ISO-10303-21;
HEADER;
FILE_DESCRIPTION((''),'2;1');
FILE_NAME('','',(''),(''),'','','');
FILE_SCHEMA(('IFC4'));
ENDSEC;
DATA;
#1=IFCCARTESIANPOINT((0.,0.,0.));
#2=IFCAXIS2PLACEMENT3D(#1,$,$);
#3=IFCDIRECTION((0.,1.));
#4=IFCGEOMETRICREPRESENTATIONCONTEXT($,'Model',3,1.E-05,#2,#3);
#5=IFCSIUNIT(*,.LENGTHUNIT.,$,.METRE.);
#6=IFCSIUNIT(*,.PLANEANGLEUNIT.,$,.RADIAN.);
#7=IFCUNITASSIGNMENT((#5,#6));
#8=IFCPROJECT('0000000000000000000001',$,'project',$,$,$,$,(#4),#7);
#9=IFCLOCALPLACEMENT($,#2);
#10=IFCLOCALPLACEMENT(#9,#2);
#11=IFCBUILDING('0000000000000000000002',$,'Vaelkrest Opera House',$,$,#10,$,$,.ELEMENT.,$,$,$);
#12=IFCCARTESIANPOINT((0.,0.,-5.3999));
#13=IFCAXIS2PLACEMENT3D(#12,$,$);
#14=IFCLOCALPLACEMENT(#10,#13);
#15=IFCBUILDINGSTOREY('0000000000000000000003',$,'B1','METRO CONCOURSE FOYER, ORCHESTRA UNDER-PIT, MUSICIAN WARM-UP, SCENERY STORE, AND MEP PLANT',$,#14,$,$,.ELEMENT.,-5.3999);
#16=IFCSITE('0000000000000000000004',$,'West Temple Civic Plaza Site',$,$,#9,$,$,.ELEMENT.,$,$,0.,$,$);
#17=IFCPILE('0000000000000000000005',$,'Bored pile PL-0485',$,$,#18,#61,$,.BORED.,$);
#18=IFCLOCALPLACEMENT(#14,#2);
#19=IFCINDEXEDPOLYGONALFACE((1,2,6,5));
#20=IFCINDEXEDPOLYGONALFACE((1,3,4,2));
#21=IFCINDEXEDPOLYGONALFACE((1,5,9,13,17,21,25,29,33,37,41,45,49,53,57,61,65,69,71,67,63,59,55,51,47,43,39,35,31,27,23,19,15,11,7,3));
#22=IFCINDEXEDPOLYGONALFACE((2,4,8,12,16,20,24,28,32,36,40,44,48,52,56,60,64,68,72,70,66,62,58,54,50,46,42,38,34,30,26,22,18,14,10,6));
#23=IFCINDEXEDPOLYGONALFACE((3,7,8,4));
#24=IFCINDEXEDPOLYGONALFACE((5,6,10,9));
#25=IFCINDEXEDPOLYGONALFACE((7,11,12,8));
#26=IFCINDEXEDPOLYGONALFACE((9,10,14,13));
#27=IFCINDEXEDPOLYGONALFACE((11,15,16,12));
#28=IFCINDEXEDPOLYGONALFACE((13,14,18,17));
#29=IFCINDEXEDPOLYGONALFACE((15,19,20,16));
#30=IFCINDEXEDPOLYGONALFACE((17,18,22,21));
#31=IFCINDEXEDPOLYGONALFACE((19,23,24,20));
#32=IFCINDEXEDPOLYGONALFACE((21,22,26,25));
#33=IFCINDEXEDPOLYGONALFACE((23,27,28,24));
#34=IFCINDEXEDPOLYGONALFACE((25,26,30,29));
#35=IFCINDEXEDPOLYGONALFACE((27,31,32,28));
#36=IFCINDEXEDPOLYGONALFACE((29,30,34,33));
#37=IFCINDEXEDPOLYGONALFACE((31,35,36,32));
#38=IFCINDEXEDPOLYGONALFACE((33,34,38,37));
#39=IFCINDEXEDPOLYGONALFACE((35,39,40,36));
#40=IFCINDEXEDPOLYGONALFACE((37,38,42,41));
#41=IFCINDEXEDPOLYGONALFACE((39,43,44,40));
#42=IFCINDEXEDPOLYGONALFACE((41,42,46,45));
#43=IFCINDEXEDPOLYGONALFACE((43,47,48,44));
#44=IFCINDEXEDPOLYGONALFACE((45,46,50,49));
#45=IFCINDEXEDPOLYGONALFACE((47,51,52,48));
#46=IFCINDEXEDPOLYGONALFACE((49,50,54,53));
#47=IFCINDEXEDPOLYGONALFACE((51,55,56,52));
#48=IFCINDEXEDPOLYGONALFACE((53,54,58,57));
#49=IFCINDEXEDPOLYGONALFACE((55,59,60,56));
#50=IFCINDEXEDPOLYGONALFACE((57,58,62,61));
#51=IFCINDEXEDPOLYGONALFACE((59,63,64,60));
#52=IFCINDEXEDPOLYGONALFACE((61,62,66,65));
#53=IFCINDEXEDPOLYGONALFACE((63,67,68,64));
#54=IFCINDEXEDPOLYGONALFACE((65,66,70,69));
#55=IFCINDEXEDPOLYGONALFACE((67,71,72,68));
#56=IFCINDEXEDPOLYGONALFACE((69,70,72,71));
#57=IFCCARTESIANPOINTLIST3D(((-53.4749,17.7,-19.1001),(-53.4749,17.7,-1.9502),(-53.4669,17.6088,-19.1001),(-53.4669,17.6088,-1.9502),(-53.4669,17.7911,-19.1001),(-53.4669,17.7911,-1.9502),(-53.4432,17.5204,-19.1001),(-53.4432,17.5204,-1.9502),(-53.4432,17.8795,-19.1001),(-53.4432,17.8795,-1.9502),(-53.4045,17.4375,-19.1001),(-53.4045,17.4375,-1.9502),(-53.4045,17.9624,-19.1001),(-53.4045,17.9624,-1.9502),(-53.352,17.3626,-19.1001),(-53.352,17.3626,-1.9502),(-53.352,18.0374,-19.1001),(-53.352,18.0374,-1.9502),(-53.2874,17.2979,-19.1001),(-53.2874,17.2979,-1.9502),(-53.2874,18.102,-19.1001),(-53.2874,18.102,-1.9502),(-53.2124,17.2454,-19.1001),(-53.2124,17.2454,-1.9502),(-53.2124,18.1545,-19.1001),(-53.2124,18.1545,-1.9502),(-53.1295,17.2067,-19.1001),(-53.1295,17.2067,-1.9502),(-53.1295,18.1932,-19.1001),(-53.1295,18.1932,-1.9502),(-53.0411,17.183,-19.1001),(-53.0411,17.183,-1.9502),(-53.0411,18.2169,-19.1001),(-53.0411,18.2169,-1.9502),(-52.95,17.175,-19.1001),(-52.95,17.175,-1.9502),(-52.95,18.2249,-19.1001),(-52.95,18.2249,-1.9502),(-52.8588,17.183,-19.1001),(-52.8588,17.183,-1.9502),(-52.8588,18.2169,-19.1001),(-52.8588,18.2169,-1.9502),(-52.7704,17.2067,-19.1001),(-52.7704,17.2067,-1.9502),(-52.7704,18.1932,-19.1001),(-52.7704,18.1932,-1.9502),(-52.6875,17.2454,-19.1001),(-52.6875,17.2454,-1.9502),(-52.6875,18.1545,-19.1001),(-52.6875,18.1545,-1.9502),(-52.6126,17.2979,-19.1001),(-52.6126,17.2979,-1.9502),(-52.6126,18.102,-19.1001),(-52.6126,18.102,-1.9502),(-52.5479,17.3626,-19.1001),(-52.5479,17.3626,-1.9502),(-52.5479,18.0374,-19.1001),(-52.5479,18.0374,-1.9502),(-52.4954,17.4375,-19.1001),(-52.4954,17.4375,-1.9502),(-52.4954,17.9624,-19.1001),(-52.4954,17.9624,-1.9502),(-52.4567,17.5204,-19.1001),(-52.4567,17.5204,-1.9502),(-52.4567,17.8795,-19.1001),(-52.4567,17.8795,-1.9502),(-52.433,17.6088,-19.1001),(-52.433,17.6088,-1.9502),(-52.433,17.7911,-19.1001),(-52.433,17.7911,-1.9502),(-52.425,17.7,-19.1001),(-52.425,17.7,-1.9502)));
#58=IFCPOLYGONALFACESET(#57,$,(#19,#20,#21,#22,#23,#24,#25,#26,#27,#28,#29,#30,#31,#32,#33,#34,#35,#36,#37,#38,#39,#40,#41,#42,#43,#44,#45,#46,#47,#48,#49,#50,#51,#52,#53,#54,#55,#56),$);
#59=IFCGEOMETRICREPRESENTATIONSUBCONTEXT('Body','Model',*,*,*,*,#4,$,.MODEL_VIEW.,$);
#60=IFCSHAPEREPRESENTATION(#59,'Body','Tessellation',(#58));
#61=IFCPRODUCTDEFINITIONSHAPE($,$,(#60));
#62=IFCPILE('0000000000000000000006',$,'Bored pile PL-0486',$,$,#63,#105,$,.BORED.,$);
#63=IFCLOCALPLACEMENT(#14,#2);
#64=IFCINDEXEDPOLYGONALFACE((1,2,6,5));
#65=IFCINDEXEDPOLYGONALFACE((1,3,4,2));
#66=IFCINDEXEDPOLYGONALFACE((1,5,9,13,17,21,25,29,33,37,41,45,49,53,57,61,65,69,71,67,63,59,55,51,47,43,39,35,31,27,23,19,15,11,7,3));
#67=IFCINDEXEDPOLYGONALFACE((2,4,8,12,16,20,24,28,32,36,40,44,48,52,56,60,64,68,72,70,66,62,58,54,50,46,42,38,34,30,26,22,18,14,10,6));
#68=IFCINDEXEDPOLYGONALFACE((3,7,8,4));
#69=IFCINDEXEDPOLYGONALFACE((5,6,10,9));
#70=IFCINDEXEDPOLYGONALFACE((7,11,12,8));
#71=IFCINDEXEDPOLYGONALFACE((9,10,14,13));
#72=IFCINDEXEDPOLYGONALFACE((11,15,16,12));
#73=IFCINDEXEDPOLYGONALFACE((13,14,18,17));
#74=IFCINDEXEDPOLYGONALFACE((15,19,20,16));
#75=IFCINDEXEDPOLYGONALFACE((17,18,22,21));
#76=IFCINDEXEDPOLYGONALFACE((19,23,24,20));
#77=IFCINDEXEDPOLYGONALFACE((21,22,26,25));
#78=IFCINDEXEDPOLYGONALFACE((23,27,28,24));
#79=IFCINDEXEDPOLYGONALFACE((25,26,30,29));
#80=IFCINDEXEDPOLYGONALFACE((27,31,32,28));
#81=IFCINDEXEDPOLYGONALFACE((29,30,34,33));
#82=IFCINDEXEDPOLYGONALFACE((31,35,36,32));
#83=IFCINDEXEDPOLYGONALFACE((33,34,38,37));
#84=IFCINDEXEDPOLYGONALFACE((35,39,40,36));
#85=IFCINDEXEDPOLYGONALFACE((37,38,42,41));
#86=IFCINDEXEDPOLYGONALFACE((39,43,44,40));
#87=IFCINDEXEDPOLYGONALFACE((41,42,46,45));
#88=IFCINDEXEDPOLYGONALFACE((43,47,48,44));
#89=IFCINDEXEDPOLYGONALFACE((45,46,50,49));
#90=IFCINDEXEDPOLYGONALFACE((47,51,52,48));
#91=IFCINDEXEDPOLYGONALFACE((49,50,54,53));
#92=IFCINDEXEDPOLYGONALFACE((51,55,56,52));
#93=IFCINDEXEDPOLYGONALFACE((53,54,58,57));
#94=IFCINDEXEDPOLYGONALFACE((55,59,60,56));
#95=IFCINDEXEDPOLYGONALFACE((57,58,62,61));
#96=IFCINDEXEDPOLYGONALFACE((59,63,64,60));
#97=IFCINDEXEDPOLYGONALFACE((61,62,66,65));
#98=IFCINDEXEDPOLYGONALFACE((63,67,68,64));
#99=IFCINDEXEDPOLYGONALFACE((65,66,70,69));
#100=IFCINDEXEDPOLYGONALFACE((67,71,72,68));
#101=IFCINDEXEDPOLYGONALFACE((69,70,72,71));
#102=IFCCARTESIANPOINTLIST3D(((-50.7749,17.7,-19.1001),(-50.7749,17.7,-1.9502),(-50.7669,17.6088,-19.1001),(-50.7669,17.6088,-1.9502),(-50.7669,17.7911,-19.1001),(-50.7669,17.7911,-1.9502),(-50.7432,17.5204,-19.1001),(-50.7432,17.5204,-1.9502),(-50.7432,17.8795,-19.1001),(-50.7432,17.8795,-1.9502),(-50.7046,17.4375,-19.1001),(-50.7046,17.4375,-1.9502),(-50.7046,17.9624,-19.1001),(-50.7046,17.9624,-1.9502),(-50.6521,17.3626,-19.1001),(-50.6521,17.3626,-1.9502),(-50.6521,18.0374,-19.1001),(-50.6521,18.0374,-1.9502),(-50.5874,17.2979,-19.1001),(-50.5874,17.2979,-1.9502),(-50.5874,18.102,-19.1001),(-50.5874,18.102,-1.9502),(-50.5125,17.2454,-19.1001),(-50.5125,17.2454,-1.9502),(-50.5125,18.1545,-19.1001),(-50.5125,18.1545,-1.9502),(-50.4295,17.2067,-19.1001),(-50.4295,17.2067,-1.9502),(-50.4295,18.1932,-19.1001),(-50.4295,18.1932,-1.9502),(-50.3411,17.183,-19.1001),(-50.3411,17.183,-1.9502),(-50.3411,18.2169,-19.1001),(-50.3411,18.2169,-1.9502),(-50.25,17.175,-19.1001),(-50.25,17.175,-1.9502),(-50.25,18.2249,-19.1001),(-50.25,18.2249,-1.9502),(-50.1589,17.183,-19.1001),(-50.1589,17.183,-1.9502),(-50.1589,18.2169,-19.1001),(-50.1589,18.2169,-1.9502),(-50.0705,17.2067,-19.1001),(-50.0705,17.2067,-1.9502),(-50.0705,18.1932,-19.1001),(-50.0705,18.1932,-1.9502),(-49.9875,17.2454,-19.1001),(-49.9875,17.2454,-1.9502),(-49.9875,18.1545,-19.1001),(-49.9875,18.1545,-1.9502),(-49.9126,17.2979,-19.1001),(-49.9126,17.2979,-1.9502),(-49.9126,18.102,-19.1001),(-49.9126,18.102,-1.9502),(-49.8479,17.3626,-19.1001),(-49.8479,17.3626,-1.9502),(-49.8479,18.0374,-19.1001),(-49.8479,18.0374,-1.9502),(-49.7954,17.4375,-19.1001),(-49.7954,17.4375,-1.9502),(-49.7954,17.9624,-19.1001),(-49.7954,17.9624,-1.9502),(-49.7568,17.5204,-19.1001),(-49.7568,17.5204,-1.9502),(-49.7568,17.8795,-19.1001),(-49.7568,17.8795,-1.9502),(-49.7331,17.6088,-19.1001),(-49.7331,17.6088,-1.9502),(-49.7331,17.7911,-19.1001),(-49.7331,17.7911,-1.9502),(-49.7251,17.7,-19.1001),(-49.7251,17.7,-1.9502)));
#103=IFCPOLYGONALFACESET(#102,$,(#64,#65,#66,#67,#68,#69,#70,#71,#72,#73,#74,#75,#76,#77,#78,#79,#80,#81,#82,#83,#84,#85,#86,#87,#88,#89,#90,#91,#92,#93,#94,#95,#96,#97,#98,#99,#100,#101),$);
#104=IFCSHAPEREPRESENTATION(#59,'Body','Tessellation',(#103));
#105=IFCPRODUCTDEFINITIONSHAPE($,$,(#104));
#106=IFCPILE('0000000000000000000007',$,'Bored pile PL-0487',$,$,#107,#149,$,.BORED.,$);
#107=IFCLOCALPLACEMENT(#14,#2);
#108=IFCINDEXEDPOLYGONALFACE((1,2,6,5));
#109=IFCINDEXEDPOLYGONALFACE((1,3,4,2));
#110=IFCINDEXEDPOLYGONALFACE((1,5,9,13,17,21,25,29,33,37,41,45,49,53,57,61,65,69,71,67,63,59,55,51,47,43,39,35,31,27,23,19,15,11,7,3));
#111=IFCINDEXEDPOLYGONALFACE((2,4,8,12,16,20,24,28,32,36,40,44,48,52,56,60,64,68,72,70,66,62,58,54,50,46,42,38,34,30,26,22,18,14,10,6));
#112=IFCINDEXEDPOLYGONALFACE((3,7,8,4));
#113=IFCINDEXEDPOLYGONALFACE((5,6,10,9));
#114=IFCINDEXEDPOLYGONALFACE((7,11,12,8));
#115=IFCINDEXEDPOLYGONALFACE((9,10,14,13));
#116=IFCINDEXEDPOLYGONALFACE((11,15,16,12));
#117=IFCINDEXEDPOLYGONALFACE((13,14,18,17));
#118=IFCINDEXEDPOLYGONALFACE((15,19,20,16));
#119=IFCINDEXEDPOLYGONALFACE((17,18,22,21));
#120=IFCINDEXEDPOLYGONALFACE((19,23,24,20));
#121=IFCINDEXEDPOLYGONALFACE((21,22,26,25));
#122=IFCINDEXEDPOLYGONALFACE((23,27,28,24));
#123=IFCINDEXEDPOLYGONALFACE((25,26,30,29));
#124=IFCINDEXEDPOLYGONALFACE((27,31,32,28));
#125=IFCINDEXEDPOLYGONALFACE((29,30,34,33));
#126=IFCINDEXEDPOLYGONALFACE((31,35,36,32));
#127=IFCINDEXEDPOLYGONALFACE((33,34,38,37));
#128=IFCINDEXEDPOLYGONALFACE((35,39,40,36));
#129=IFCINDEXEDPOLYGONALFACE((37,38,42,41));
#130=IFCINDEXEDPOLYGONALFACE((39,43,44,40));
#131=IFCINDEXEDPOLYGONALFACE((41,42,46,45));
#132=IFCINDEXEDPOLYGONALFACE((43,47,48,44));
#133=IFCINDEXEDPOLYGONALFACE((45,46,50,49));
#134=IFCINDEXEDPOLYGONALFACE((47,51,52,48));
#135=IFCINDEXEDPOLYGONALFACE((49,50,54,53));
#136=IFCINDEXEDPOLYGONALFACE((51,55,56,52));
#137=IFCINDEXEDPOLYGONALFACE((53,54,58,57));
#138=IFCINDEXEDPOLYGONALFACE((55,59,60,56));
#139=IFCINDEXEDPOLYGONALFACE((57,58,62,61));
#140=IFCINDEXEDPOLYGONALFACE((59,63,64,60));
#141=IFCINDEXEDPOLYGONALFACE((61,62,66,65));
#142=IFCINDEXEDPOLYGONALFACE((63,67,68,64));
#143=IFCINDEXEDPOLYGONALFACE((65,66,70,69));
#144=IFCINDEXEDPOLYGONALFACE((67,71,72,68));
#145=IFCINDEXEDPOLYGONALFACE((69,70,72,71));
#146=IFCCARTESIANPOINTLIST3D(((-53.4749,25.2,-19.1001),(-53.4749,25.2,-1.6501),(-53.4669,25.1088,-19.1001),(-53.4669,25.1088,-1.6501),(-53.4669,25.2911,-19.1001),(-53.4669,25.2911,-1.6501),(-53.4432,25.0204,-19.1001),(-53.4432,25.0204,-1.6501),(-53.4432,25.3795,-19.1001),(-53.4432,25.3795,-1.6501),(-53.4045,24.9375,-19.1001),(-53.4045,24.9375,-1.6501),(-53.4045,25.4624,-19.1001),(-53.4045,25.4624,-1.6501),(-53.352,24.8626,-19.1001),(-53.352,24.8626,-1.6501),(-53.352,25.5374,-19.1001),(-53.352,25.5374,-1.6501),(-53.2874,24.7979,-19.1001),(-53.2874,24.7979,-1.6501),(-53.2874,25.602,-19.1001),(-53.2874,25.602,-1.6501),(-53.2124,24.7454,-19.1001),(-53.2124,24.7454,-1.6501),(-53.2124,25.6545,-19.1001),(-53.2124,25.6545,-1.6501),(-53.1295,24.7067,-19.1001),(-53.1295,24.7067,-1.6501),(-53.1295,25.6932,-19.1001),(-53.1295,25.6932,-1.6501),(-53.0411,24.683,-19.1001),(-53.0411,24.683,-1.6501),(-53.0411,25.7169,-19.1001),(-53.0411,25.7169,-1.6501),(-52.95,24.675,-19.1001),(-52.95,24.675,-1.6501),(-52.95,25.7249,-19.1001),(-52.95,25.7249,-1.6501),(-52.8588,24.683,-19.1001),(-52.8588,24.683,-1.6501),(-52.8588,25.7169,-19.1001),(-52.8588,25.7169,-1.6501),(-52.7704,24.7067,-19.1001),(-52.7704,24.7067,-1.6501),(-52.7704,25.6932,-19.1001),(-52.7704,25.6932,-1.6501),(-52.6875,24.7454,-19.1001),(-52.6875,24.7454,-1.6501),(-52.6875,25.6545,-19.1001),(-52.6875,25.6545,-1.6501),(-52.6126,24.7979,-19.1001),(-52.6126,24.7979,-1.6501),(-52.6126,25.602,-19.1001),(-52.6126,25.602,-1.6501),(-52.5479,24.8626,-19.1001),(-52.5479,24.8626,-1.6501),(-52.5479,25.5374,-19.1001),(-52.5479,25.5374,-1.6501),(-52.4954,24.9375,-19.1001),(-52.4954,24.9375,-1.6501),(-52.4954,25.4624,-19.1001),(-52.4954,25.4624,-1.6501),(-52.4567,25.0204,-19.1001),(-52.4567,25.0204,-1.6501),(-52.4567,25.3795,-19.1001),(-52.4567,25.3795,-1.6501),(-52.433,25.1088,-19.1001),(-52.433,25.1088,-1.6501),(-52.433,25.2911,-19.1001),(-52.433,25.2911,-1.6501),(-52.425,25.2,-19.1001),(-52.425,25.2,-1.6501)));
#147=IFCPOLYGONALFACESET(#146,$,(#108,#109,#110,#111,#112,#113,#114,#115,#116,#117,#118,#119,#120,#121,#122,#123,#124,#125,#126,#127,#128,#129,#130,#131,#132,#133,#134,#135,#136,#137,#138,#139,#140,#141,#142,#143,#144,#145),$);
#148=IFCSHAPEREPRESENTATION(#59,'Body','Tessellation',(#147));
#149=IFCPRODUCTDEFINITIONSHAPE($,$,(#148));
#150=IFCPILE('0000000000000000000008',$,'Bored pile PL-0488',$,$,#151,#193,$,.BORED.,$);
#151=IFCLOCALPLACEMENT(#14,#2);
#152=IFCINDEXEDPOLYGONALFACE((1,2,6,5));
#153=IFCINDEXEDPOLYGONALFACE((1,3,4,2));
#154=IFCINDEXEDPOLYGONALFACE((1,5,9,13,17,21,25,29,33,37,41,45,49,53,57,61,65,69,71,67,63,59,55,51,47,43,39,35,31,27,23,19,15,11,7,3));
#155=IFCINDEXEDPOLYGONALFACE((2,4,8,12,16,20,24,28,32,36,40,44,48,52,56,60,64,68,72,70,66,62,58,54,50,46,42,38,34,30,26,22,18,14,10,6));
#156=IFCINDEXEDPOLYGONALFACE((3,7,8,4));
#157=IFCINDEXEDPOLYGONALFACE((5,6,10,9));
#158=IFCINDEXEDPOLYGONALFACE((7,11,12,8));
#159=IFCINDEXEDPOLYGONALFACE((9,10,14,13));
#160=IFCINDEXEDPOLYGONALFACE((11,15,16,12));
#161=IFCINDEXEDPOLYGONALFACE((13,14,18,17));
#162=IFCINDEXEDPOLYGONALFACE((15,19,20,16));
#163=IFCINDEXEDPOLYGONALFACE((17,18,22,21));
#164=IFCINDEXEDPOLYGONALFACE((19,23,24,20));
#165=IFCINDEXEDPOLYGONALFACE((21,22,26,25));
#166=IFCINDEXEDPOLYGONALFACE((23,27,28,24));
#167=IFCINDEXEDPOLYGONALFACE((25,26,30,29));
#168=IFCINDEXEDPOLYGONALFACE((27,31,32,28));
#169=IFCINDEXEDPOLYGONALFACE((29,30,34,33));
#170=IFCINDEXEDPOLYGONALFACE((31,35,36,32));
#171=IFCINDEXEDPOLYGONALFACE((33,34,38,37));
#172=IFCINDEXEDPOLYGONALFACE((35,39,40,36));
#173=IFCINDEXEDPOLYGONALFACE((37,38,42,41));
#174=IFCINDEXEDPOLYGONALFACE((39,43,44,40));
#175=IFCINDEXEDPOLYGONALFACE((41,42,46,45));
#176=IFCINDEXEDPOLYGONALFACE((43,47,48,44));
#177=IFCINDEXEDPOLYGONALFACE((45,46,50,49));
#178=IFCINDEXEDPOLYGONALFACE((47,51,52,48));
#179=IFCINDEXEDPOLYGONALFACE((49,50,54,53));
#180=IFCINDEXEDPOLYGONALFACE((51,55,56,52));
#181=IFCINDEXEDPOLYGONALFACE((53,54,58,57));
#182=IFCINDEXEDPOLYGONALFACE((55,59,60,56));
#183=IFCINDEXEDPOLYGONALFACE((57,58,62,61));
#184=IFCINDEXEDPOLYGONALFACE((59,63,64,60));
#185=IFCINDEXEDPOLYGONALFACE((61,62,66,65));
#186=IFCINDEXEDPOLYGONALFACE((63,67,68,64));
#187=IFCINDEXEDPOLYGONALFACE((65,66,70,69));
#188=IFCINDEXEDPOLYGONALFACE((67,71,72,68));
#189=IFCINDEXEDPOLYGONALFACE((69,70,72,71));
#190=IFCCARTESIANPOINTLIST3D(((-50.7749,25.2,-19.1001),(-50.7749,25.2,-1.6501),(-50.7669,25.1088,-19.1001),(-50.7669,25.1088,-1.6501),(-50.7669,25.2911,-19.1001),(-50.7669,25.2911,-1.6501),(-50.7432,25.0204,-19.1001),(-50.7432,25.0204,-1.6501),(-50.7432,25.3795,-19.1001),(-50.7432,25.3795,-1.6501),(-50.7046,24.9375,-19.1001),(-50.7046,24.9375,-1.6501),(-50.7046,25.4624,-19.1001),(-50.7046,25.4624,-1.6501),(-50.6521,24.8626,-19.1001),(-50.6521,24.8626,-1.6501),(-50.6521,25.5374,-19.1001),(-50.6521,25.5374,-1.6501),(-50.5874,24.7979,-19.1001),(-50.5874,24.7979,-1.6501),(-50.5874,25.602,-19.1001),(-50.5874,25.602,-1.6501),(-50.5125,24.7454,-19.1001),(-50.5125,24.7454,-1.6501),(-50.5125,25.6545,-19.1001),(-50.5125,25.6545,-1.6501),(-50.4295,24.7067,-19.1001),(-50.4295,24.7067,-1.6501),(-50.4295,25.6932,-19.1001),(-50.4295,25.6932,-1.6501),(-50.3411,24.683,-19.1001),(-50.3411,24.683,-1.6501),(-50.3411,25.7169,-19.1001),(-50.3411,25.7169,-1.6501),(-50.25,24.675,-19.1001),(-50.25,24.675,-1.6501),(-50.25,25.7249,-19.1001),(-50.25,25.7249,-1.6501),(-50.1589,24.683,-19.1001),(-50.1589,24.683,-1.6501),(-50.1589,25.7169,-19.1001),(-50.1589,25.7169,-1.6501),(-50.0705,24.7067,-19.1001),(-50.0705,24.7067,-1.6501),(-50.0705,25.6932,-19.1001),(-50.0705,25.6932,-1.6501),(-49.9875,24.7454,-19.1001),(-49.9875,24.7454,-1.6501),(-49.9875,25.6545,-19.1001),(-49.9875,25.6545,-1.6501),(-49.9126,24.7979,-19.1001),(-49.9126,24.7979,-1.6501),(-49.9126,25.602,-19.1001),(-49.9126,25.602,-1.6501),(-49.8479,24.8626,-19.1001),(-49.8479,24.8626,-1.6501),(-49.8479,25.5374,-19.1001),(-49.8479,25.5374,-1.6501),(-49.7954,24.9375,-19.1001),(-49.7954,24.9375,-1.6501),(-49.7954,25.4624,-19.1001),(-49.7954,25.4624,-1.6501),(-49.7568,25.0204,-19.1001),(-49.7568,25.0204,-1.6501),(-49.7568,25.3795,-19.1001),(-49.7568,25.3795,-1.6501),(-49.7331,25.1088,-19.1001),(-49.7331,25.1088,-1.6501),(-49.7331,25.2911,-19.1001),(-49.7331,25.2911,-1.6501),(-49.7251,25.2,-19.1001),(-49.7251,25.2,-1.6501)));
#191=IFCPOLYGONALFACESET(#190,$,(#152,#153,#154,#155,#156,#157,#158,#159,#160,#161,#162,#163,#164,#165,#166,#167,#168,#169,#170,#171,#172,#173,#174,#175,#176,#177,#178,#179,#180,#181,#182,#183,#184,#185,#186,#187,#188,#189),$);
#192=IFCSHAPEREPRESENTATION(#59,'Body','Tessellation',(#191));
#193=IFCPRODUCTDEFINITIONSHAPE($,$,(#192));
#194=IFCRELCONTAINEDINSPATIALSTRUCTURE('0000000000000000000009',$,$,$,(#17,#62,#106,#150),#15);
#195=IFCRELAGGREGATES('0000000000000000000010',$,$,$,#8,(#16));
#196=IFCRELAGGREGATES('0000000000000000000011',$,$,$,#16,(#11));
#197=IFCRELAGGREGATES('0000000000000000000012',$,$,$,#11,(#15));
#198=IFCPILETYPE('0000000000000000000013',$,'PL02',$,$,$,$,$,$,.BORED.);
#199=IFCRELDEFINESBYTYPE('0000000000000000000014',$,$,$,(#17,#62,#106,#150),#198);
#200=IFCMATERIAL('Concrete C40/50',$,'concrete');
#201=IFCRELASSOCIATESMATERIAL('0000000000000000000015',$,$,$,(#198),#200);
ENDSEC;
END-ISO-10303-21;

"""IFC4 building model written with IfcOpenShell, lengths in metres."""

from ifc_helpers import new_model, si_unit, direction, frame, origin, origin_2d, place, context, subcontext, project, spatial, circle, extrude, material, material_profile, profile_set, type_object, element, save


model = new_model("IFC4")

# Units and contexts
model_context = context("Model", 3, precision=1e-05, world=origin(), true_north=direction((0.0, 1.0)))
body_context = subcontext(model_context, "Body", "Model", "MODEL_VIEW")
ifc_project = project(units=[si_unit("LENGTHUNIT", "METRE"), si_unit("PLANEANGLEUNIT", "RADIAN")], contexts=[model_context])

# Site, building, storey
site_placement = place(None, origin())
site = spatial("IfcSite", under=ifc_project, at=site_placement, Name="West Temple Civic Plaza Site", CompositionType="ELEMENT", RefElevation=0.0)
building_placement = place(site_placement, origin())
building = spatial("IfcBuilding", under=site, at=building_placement, Name="Vaelkrest Opera House", CompositionType="ELEMENT")
storey_placement = place(building_placement, frame((0.0, 0.0, -5.3999)))
storey = spatial("IfcBuildingStorey", under=building, at=storey_placement, Name="B1", Description="METRO CONCOURSE FOYER, ORCHESTRA UNDER-PIT, MUSICIAN WARM-UP, SCENERY STORE, AND MEP PLANT", CompositionType="ELEMENT", Elevation=-5.3999)

# Shared definitions
ifc_material_1 = material(Name="Concrete C40/50", Category="concrete")

# Piles
ifc_material_profile_1 = material_profile(ifc_material_1, circle(Radius=0.5249, at=origin_2d()), Name="PILE1050")
ifc_profile_set_1 = profile_set([ifc_material_profile_1], Name="Concrete C40/50")
pile_type = type_object("IfcPileType", Name="PL02", PredefinedType="BORED", material=ifc_profile_set_1)
for number, where, z_axis, x_axis, name in (
    (1, (-52.95, 17.7, -1.9502), (0.0, 0.0, -1.0), (1.0, 0.0, 0.0), "Bored pile PL-0485"),
    (2, (-50.25, 17.7, -1.9502), (0.0, 0.0, -1.0), (1.0, 0.0, 0.0), "Bored pile PL-0486"),
):
    element("IfcPile", number, at=place(storey_placement, frame(where, z_axis=z_axis, x_axis=x_axis)), inside=storey, type_object=pile_type, Name=name, PredefinedType="BORED", context=body_context, shape_type="SweptSolid", body=[
        extrude(circle(Radius=0.5249, at=origin_2d()), origin(), (0.0, 0.0, 1.0), 17.1499),
    ])
for number, where, z_axis, x_axis, name in (
    (3, (-52.95, 25.2, -1.6501), (0.0, 0.0, -1.0), (1.0, 0.0, 0.0), "Bored pile PL-0487"),
    (4, (-50.25, 25.2, -1.6501), (0.0, 0.0, -1.0), (1.0, 0.0, 0.0), "Bored pile PL-0488"),
):
    element("IfcPile", number, at=place(storey_placement, frame(where, z_axis=z_axis, x_axis=x_axis)), inside=storey, type_object=pile_type, Name=name, PredefinedType="BORED", context=body_context, shape_type="SweptSolid", body=[
        extrude(circle(Radius=0.5249, at=origin_2d()), origin(), (0.0, 0.0, 1.0), 17.45),
    ])

save(model, "model.ifc")
